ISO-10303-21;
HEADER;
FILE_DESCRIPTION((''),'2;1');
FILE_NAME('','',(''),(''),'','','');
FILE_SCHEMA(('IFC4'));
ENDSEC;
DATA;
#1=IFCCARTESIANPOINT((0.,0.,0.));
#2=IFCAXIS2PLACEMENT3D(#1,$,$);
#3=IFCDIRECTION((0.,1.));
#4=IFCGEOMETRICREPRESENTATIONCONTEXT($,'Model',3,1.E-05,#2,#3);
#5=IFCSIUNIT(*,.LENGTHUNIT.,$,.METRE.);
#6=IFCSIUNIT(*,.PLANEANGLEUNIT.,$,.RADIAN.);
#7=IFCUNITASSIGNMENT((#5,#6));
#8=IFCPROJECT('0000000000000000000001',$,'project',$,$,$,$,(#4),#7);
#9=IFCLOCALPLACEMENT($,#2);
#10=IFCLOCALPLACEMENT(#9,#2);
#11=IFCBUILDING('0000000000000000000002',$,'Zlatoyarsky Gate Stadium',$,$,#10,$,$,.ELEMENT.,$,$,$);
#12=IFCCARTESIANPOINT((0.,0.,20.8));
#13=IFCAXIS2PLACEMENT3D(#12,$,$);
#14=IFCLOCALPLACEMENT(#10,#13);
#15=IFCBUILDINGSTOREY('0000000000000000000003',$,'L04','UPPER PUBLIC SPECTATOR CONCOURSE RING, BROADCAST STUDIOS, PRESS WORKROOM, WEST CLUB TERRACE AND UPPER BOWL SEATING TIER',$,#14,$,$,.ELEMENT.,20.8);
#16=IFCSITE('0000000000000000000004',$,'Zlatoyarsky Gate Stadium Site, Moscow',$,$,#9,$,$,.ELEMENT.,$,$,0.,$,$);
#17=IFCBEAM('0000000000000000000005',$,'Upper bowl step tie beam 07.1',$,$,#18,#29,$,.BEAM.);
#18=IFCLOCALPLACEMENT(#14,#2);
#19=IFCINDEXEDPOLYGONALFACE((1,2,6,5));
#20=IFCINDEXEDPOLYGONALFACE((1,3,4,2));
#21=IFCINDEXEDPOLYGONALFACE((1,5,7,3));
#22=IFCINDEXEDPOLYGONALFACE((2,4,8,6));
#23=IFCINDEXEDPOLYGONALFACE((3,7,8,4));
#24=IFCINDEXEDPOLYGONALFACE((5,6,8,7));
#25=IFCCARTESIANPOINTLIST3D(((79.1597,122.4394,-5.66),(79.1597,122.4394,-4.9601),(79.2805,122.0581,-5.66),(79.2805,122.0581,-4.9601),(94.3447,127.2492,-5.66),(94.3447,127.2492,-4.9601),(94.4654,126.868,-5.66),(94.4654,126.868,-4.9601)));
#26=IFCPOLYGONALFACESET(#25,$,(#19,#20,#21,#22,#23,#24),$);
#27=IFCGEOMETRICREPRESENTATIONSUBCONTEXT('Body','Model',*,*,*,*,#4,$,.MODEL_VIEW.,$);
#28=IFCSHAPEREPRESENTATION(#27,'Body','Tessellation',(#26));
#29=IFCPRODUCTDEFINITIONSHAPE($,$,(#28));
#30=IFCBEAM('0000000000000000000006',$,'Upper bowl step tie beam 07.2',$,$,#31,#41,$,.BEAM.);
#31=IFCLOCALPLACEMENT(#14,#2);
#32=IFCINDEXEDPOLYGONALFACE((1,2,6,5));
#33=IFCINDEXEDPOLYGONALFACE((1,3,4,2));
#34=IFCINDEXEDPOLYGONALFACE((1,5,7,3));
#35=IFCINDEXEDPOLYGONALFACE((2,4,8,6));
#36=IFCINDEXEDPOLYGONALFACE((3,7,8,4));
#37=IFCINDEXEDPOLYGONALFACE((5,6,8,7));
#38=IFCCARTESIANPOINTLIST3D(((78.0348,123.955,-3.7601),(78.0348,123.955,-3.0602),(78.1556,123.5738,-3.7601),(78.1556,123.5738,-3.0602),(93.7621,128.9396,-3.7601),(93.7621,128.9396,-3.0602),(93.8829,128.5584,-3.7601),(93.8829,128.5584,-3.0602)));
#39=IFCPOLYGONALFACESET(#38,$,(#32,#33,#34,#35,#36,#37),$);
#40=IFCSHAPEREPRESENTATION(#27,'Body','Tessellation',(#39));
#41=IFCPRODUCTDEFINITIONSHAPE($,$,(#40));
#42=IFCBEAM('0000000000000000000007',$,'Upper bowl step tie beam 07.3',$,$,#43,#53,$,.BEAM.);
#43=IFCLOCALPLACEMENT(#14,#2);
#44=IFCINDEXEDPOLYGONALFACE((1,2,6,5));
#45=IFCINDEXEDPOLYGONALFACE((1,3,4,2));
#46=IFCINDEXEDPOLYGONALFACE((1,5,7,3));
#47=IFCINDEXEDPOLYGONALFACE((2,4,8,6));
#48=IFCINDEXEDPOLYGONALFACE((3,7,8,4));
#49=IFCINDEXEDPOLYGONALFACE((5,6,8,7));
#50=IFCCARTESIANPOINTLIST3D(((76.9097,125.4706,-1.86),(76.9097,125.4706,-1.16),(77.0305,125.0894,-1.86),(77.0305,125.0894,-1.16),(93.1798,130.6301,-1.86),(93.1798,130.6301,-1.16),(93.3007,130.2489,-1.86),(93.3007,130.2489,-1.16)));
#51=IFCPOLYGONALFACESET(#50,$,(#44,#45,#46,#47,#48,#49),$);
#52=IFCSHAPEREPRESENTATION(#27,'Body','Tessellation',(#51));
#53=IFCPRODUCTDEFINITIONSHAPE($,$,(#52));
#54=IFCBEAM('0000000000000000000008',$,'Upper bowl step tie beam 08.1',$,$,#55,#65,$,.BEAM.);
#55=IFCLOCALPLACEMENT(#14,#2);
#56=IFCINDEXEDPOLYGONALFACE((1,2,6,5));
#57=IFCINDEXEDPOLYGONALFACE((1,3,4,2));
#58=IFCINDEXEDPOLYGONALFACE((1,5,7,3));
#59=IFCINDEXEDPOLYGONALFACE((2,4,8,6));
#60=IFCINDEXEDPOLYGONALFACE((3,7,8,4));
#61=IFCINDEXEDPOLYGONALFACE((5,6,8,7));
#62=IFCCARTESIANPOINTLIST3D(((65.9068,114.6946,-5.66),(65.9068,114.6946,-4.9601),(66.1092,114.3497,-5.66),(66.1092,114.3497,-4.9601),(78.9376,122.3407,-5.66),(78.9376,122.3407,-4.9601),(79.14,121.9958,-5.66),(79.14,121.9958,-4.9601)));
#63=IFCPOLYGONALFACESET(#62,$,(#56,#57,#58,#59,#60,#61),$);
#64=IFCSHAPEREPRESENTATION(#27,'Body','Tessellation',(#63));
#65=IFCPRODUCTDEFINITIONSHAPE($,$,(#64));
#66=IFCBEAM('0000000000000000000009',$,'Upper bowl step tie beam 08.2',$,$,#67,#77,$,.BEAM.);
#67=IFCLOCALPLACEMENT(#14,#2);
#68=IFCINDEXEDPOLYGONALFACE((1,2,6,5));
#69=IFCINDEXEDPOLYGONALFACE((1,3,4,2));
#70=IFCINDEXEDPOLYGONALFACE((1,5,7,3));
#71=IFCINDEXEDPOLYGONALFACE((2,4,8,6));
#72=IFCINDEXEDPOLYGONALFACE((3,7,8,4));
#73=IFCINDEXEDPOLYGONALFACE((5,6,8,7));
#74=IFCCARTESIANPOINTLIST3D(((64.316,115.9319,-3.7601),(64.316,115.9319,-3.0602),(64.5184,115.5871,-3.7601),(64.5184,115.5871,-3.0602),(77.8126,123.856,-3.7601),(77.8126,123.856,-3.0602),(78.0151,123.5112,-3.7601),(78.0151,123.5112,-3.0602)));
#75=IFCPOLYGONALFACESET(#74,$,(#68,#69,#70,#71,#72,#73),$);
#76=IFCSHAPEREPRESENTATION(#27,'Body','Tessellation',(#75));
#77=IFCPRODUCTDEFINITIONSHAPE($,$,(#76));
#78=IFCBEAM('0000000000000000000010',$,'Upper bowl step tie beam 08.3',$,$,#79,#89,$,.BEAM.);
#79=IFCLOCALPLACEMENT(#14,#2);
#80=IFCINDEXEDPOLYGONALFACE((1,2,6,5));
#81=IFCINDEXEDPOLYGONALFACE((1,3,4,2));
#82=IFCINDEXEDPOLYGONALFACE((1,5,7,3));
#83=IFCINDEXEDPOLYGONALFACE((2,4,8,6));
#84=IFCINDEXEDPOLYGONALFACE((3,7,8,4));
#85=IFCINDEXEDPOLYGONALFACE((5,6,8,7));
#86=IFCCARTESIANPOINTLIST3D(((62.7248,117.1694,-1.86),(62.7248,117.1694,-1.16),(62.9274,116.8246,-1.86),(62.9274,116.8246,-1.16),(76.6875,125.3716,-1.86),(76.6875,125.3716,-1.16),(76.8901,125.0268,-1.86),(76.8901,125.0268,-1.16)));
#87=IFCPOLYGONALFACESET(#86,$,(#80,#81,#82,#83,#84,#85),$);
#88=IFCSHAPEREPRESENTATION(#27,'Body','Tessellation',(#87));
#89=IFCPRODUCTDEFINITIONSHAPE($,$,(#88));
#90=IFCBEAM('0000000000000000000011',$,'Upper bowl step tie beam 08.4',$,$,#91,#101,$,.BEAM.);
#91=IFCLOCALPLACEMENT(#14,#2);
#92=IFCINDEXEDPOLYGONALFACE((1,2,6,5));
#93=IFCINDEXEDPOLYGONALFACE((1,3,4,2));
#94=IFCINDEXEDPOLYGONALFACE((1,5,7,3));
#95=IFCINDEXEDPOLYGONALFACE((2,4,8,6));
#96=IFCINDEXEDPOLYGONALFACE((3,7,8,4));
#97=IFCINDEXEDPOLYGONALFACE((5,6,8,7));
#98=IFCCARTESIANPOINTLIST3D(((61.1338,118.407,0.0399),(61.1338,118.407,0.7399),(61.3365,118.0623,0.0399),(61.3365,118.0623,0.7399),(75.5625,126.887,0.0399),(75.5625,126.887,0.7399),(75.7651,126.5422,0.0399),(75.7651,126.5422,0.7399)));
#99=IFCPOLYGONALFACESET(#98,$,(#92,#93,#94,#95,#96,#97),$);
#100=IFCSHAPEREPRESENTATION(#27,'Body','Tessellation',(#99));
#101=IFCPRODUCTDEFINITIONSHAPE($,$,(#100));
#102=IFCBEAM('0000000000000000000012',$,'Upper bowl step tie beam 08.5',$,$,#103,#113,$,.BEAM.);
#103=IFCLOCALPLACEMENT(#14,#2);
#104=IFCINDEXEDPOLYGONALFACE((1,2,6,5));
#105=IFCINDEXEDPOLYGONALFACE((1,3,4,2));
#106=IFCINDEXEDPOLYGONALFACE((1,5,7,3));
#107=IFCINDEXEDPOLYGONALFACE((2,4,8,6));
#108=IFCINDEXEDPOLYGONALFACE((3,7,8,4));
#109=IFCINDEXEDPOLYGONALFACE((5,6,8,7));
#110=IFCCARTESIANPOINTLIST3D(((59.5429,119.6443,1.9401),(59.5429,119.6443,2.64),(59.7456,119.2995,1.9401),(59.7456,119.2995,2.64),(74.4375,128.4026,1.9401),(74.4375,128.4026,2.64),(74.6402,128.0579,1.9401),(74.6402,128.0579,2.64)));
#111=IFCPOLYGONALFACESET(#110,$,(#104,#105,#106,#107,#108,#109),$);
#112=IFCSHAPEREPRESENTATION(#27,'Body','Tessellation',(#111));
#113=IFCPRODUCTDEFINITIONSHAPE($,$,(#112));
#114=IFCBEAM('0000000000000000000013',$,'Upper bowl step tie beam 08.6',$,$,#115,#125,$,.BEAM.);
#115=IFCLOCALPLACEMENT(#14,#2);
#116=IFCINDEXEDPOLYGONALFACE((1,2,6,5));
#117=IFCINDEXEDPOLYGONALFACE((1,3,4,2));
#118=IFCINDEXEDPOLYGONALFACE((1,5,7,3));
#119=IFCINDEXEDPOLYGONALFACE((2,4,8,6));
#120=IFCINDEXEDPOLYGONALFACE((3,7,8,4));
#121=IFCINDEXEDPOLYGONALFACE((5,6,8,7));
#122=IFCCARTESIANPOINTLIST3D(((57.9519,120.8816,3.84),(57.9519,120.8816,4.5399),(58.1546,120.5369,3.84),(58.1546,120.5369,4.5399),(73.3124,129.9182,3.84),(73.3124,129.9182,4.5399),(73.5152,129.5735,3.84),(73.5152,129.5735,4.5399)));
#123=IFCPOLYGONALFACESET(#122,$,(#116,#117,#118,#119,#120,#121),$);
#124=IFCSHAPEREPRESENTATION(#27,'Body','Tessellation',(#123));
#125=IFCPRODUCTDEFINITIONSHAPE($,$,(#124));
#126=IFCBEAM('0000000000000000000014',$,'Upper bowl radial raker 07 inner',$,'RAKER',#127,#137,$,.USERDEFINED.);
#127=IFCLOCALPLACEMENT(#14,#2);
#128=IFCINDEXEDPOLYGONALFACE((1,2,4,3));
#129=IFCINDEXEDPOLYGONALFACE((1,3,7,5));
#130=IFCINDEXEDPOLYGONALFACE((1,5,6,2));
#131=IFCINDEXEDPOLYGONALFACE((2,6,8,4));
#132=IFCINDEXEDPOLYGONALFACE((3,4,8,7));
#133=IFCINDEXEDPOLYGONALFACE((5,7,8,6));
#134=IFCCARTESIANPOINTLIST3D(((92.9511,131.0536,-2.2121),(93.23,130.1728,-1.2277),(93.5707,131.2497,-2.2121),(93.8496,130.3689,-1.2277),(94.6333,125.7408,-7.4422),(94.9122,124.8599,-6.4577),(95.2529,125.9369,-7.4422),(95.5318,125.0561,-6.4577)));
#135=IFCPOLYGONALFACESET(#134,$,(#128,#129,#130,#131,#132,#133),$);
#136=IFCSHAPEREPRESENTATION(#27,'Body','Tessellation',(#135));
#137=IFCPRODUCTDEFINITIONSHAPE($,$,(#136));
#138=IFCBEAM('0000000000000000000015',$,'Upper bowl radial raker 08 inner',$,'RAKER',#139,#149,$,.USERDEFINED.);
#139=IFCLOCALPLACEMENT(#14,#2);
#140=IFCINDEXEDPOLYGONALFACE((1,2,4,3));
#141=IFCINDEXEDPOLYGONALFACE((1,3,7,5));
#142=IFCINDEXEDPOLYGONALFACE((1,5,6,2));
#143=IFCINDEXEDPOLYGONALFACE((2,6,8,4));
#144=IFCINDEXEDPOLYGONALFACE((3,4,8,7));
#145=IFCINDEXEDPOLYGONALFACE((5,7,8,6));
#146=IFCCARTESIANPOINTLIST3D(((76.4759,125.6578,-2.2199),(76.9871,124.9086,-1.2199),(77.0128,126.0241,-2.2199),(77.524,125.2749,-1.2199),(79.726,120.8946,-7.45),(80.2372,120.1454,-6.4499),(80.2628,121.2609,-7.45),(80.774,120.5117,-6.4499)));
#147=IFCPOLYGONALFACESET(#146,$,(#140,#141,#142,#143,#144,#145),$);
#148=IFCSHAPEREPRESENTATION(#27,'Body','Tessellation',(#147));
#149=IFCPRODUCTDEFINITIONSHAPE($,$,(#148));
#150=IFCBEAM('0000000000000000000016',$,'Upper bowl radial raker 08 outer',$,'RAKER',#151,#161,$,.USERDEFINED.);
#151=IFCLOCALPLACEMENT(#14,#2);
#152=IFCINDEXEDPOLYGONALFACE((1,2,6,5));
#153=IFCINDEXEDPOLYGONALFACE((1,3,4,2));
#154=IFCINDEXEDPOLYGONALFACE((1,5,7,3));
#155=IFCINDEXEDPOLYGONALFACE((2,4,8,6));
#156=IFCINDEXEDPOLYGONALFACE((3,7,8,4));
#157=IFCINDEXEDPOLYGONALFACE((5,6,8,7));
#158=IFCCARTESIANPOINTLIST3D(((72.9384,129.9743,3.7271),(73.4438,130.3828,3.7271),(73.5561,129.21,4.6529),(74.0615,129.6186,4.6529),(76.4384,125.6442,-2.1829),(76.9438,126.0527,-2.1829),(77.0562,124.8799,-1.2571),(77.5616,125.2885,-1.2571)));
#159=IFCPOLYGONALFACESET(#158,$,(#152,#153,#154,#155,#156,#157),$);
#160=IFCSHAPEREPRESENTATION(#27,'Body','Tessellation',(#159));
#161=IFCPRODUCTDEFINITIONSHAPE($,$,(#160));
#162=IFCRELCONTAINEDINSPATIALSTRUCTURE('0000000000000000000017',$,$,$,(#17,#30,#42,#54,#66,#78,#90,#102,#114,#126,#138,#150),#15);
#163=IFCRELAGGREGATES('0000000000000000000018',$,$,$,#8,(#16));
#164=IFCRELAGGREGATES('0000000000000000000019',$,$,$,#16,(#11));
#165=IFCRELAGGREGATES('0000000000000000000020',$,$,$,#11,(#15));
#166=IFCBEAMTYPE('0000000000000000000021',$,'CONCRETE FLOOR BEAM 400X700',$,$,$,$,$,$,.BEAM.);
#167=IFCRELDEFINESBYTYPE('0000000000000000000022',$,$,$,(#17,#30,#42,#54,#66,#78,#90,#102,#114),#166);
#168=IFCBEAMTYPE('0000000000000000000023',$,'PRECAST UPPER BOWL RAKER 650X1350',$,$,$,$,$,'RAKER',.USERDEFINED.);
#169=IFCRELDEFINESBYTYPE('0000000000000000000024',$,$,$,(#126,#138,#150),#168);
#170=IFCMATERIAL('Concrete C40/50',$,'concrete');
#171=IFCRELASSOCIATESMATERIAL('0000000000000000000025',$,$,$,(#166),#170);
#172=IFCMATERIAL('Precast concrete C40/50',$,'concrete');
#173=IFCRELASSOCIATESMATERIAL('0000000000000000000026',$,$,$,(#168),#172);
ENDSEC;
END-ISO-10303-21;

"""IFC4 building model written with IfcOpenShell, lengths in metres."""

from ifc_helpers import new_model, si_unit, direction, frame, origin, origin_2d, place, context, subcontext, project, spatial, rectangle, extrude, material, material_profile, profile_set, type_object, element, save


model = new_model("IFC4")

# Units and contexts
model_context = context("Model", 3, precision=1e-05, world=origin(), true_north=direction((0.0, 1.0)))
body_context = subcontext(model_context, "Body", "Model", "MODEL_VIEW")
ifc_project = project(units=[si_unit("LENGTHUNIT", "METRE"), si_unit("PLANEANGLEUNIT", "RADIAN")], contexts=[model_context])

# Site, building, storey
site_placement = place(None, origin())
site = spatial("IfcSite", under=ifc_project, at=site_placement, Name="Zlatoyarsky Gate Stadium Site, Moscow", CompositionType="ELEMENT", RefElevation=0.0)
building_placement = place(site_placement, origin())
building = spatial("IfcBuilding", under=site, at=building_placement, Name="Zlatoyarsky Gate Stadium", CompositionType="ELEMENT")
storey_placement = place(building_placement, frame((0.0, 0.0, 20.8)))
storey = spatial("IfcBuildingStorey", under=building, at=storey_placement, Name="L04", Description="UPPER PUBLIC SPECTATOR CONCOURSE RING, BROADCAST STUDIOS, PRESS WORKROOM, WEST CLUB TERRACE AND UPPER BOWL SEATING TIER", CompositionType="ELEMENT", Elevation=20.8)

# Beams
ifc_material_1 = material(Name="Concrete C40/50", Category="concrete")
ifc_material_profile_1 = material_profile(ifc_material_1, rectangle(XDim=0.3999, YDim=0.7, at=origin_2d()), Name="RC BEAM 400X700")
ifc_profile_set_1 = profile_set([ifc_material_profile_1], Name="Concrete C40/50")
beam_type_1 = type_object("IfcBeamType", Name="CONCRETE FLOOR BEAM 400X700", PredefinedType="BEAM", material=ifc_profile_set_1)
beam_1_placement = place(storey_placement, frame((94.405, 127.0586, -5.3101), z_axis=(-0.953319, -0.301965, 0.0), x_axis=(0.301965, -0.953319, 0.0)))
element("IfcBeam", 1, at=beam_1_placement, inside=storey, type_object=beam_type_1, Name="Upper bowl step tie beam 07.1", PredefinedType="BEAM", context=body_context, shape_type="SweptSolid", body=[
    extrude(rectangle(XDim=0.3999, YDim=0.7, at=origin_2d()), origin(), (0.0, 0.0, 1.0), 15.9285),
])
beam_2_placement = place(storey_placement, frame((93.8225, 128.749, -3.4102), z_axis=(-0.953267, -0.302129, 0.0), x_axis=(0.302129, -0.953267, 0.0)))
element("IfcBeam", 2, at=beam_2_placement, inside=storey, type_object=beam_type_1, Name="Upper bowl step tie beam 07.2", PredefinedType="BEAM", context=body_context, shape_type="SweptSolid", body=[
    extrude(rectangle(XDim=0.3999, YDim=0.7, at=origin_2d()), origin(), (0.0, 0.0, 1.0), 16.4983),
])
beam_3_placement = place(storey_placement, frame((93.2402, 130.4395, -1.51), z_axis=(-0.95322, -0.302278, 0.0), x_axis=(0.302278, -0.95322, 0.0)))
element("IfcBeam", 3, at=beam_3_placement, inside=storey, type_object=beam_type_1, Name="Upper bowl step tie beam 07.3", PredefinedType="BEAM", context=body_context, shape_type="SweptSolid", body=[
    extrude(rectangle(XDim=0.3999, YDim=0.7, at=origin_2d()), origin(), (0.0, 0.0, 1.0), 17.0686),
])
beam_4_placement = place(storey_placement, frame((79.0388, 122.1682, -5.3101), z_axis=(-0.862488, -0.506078, 0.0), x_axis=(0.506078, -0.862488, 0.0)))
element("IfcBeam", 4, at=beam_4_placement, inside=storey, type_object=beam_type_1, Name="Upper bowl step tie beam 08.1", PredefinedType="BEAM", context=body_context, shape_type="SweptSolid", body=[
    extrude(rectangle(XDim=0.3999, YDim=0.7, at=origin_2d()), origin(), (0.0, 0.0, 1.0), 15.1084),
])
beam_5_placement = place(storey_placement, frame((77.9138, 123.6836, -3.4102), z_axis=(-0.862355, -0.506303, 0.0), x_axis=(0.506303, -0.862355, 0.0)))
element("IfcBeam", 5, at=beam_5_placement, inside=storey, type_object=beam_type_1, Name="Upper bowl step tie beam 08.2", PredefinedType="BEAM", context=body_context, shape_type="SweptSolid", body=[
    extrude(rectangle(XDim=0.3999, YDim=0.7, at=origin_2d()), origin(), (0.0, 0.0, 1.0), 15.6509),
])
beam_6_placement = place(storey_placement, frame((76.7888, 125.1992, -1.51), z_axis=(-0.862236, -0.506507, 0.0), x_axis=(0.506507, -0.862236, 0.0)))
element("IfcBeam", 6, at=beam_6_placement, inside=storey, type_object=beam_type_1, Name="Upper bowl step tie beam 08.3", PredefinedType="BEAM", context=body_context, shape_type="SweptSolid", body=[
    extrude(rectangle(XDim=0.3999, YDim=0.7, at=origin_2d()), origin(), (0.0, 0.0, 1.0), 16.1936),
])
beam_7_placement = place(storey_placement, frame((75.6638, 126.7146, 0.3899), z_axis=(-0.86213, -0.506687, 0.0), x_axis=(0.506687, -0.86213, 0.0)))
element("IfcBeam", 7, at=beam_7_placement, inside=storey, type_object=beam_type_1, Name="Upper bowl step tie beam 08.4", PredefinedType="BEAM", context=body_context, shape_type="SweptSolid", body=[
    extrude(rectangle(XDim=0.3999, YDim=0.7, at=origin_2d()), origin(), (0.0, 0.0, 1.0), 16.7361),
])
beam_8_placement = place(storey_placement, frame((74.5388, 128.2302, 2.29), z_axis=(-0.862015, -0.506883, 0.0), x_axis=(0.506883, -0.862015, 0.0)))
element("IfcBeam", 8, at=beam_8_placement, inside=storey, type_object=beam_type_1, Name="Upper bowl step tie beam 08.5", PredefinedType="BEAM", context=body_context, shape_type="SweptSolid", body=[
    extrude(rectangle(XDim=0.3999, YDim=0.7, at=origin_2d()), origin(), (0.0, 0.0, 1.0), 17.2788),
])
beam_9_placement = place(storey_placement, frame((73.4138, 129.7458, 4.1899), z_axis=(-0.86191, -0.507061, 0.0), x_axis=(0.507061, -0.86191, 0.0)))
element("IfcBeam", 9, at=beam_9_placement, inside=storey, type_object=beam_type_1, Name="Upper bowl step tie beam 08.6", PredefinedType="BEAM", context=body_context, shape_type="SweptSolid", body=[
    extrude(rectangle(XDim=0.3999, YDim=0.7, at=origin_2d()), origin(), (0.0, 0.0, 1.0), 17.8215),
])
ifc_material_2 = material(Name="Precast concrete C40/50", Category="concrete")
ifc_material_profile_2 = material_profile(ifc_material_2, rectangle(XDim=0.6499, YDim=1.3501, at=origin_2d()), Name="PC RAKER 650X1350")
ifc_profile_set_2 = profile_set([ifc_material_profile_2], Name="Precast concrete C40/50")
beam_type_2 = type_object("IfcBeamType", Name="PRECAST UPPER BOWL RAKER 650X1350", ElementType="RAKER", PredefinedType="USERDEFINED", material=ifc_profile_set_2)
beam_10_placement = place(storey_placement, frame((95.0825, 125.3984, -6.95), z_axis=(-0.220102, 0.69516, 0.68433), x_axis=(-0.953355, -0.301853, 0.0)))
element("IfcBeam", 10, at=beam_10_placement, inside=storey, type_object=beam_type_2, Name="Upper bowl radial raker 07 inner", ObjectType="RAKER", PredefinedType="USERDEFINED", context=body_context, shape_type="SweptSolid", body=[
    extrude(rectangle(XDim=0.6499, YDim=1.3501, at=origin_2d()), origin(), (0.0, 0.0, 1.0), 7.6426),
])
beam_11_placement = place(storey_placement, frame((80.25, 120.7031, -6.95), z_axis=(-0.41748, 0.611857, 0.671819), x_axis=(-0.826036, -0.563618, 0.0)))
element("IfcBeam", 11, at=beam_11_placement, inside=storey, type_object=beam_type_2, Name="Upper bowl radial raker 08 inner", ObjectType="RAKER", PredefinedType="USERDEFINED", context=body_context, shape_type="SweptSolid", body=[
    extrude(rectangle(XDim=0.6499, YDim=1.3501, at=origin_2d()), origin(), (0.0, 0.0, 1.0), 7.7849),
])
beam_12_placement = place(storey_placement, frame((77.0, 125.4663, -1.72), z_axis=(-0.43106, 0.533292, 0.727865), x_axis=(-0.77771, -0.628623, 0.0)))
element("IfcBeam", 12, at=beam_12_placement, inside=storey, type_object=beam_type_2, Name="Upper bowl radial raker 08 outer", ObjectType="RAKER", PredefinedType="USERDEFINED", context=body_context, shape_type="SweptSolid", body=[
    extrude(rectangle(XDim=0.6499, YDim=1.3501, at=origin_2d()), origin(), (0.0, 0.0, 1.0), 8.1196),
])

save(model, "model.ifc")
